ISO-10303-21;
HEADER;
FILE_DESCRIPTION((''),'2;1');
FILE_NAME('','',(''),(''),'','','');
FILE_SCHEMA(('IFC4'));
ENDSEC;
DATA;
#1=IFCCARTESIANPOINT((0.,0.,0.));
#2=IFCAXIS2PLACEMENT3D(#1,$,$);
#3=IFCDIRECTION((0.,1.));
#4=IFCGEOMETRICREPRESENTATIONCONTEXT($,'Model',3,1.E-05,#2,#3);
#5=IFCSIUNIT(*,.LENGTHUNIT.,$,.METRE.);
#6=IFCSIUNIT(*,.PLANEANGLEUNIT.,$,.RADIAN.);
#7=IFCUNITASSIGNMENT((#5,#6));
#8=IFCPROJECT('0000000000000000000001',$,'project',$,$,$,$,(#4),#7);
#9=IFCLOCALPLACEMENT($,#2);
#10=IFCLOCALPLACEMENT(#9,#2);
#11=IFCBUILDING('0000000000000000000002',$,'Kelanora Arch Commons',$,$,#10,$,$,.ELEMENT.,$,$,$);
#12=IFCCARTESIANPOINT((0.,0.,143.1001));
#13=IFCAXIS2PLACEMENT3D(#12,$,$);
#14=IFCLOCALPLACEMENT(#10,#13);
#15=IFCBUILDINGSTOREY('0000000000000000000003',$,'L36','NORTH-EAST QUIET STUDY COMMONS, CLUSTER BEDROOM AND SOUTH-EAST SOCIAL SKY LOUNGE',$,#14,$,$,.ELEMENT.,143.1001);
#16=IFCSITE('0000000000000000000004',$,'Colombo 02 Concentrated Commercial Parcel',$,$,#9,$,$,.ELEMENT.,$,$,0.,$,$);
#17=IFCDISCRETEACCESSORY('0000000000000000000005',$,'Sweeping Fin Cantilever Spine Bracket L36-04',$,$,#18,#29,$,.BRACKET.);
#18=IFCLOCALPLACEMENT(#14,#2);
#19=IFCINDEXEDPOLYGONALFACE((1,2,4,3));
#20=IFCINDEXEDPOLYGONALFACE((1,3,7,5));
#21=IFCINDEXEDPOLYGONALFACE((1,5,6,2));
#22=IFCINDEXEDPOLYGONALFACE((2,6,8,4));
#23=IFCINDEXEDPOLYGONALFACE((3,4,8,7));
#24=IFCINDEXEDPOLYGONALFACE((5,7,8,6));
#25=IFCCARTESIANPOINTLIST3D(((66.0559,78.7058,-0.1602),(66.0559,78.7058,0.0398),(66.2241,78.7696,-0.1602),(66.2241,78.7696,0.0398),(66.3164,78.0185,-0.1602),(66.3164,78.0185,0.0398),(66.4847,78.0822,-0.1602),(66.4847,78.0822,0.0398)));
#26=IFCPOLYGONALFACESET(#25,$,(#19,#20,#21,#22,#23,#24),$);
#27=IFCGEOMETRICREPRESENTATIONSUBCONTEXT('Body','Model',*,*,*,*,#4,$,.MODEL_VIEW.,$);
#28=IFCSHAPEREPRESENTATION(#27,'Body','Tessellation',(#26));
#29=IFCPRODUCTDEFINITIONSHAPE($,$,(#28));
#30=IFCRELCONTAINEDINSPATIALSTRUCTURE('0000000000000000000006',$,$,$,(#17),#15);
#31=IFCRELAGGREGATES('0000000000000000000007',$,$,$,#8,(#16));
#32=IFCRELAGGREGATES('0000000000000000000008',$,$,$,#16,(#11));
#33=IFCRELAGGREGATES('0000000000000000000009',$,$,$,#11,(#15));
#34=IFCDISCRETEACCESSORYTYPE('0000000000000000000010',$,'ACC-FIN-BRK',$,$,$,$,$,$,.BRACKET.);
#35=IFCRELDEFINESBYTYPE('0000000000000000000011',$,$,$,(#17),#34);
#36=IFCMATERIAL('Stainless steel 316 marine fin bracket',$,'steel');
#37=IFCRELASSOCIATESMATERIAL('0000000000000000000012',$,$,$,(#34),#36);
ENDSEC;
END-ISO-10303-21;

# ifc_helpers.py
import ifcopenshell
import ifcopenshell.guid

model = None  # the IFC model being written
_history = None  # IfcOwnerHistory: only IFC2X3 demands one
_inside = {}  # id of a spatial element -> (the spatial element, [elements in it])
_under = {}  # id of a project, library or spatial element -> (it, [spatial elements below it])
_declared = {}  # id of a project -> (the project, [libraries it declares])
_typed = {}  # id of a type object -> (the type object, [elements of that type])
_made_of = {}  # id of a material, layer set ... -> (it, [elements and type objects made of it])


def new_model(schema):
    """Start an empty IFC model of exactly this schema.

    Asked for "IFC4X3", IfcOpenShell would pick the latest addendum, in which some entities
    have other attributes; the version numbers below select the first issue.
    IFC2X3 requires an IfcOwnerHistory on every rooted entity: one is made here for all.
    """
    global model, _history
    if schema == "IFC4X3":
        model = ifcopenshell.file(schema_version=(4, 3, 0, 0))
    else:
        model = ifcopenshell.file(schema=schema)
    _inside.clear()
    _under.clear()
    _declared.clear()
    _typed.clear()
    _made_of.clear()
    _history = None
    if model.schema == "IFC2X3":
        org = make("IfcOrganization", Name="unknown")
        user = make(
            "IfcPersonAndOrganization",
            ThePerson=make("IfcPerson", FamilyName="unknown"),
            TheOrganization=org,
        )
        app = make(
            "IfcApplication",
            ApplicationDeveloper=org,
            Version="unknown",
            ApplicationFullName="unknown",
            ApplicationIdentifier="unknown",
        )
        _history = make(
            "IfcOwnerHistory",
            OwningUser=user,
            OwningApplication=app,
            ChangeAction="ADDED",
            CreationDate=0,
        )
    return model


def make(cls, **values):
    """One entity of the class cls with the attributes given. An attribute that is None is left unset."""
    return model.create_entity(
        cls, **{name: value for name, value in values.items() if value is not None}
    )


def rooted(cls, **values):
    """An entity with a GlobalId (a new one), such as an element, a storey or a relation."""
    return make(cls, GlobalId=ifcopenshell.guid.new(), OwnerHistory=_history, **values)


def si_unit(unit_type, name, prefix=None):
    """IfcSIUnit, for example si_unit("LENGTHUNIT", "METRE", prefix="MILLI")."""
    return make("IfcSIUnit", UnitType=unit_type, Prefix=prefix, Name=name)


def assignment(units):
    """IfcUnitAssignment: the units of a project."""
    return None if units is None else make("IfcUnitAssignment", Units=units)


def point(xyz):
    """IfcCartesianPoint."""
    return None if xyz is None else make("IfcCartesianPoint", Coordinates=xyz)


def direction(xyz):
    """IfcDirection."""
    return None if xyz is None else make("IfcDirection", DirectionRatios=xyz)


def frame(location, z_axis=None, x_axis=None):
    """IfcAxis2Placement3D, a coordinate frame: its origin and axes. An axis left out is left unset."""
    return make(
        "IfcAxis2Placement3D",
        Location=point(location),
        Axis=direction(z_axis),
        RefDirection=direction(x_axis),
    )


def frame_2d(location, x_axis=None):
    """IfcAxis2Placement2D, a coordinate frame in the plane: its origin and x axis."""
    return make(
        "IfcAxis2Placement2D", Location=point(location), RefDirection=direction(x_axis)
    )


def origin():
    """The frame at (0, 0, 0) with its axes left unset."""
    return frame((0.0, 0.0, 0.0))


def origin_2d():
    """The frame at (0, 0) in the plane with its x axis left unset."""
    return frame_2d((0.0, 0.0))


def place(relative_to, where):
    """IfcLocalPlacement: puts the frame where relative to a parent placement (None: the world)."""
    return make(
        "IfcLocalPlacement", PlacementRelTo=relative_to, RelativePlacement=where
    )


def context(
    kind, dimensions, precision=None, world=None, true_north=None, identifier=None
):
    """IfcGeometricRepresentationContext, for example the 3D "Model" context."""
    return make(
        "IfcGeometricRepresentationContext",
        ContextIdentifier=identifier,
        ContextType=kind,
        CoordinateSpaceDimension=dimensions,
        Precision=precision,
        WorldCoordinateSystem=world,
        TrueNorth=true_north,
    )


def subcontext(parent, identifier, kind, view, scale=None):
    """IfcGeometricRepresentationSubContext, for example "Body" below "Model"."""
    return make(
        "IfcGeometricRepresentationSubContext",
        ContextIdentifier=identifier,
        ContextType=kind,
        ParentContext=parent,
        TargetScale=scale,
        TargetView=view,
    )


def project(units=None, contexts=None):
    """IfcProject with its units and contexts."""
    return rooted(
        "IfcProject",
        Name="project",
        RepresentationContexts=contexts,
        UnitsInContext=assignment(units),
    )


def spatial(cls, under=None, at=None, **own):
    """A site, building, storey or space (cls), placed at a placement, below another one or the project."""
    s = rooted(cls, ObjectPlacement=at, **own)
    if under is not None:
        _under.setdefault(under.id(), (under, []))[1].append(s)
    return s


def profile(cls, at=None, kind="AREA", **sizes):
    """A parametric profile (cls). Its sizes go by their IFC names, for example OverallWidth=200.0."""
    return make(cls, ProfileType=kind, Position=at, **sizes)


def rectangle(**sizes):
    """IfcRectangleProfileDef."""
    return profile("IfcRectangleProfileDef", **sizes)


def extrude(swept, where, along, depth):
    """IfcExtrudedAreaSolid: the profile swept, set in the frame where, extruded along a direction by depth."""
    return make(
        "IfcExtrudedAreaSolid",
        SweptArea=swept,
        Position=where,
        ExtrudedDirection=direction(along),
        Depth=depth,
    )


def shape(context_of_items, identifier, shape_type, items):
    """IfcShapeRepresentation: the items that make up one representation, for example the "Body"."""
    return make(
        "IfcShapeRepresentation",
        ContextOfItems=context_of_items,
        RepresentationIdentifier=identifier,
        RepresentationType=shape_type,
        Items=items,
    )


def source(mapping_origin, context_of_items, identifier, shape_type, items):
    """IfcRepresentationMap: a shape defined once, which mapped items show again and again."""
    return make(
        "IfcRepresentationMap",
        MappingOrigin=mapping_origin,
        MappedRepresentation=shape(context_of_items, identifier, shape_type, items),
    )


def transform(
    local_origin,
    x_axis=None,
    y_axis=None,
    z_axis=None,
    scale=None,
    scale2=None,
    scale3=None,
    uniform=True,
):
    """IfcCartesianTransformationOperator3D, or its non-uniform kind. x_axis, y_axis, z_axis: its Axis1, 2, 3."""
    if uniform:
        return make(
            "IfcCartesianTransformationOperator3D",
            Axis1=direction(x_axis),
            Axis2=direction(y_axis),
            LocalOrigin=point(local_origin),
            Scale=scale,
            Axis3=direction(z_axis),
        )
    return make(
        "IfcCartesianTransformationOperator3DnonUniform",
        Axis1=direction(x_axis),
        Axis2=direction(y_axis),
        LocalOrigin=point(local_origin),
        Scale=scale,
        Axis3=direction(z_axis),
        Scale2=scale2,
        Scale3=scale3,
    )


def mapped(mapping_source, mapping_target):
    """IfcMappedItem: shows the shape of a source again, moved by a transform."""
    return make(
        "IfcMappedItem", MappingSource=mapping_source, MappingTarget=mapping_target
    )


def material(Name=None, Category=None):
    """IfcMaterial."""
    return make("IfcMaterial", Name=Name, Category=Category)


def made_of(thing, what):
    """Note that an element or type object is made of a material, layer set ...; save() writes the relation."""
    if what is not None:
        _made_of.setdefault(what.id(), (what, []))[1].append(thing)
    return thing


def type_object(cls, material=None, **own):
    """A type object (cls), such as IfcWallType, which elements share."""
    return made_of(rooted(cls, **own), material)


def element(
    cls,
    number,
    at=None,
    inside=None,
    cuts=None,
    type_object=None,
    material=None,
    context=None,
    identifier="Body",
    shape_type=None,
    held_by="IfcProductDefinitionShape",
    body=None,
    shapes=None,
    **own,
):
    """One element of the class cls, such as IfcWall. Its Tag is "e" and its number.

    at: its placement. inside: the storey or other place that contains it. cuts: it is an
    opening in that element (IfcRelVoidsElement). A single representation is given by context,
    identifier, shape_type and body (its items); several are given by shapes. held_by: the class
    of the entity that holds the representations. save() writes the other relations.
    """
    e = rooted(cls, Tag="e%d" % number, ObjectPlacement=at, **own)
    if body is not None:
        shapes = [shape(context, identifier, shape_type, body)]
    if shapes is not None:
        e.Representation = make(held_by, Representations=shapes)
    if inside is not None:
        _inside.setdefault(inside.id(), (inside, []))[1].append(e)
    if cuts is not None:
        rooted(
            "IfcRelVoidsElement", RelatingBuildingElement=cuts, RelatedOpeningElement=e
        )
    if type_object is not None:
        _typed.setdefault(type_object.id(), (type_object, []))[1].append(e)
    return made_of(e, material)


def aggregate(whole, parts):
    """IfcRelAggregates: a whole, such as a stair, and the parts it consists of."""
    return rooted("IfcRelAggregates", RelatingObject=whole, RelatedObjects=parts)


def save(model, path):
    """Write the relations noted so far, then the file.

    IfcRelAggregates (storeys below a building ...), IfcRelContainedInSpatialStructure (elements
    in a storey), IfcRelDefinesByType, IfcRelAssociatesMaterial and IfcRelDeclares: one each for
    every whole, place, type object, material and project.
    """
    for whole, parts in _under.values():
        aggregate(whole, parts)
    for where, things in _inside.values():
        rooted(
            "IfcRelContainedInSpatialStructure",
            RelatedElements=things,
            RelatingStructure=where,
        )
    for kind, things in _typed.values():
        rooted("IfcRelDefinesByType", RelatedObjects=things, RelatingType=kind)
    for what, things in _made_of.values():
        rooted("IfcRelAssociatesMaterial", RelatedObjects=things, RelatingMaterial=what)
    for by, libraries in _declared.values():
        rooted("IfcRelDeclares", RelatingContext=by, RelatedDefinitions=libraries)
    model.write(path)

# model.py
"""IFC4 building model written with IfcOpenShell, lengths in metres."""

from ifc_helpers import new_model, si_unit, direction, frame, origin, origin_2d, place, context, subcontext, project, spatial, rectangle, extrude, source, transform, mapped, material, type_object, element, save


model = new_model("IFC4")

# Units and contexts
model_context = context("Model", 3, precision=1e-05, world=origin(), true_north=direction((0.0, 1.0)))
body_context = subcontext(model_context, "Body", "Model", "MODEL_VIEW")
ifc_project = project(units=[si_unit("LENGTHUNIT", "METRE"), si_unit("PLANEANGLEUNIT", "RADIAN")], contexts=[model_context])

# Site, building, storey
site_placement = place(None, origin())
site = spatial("IfcSite", under=ifc_project, at=site_placement, Name="Colombo 02 Concentrated Commercial Parcel", CompositionType="ELEMENT", RefElevation=0.0)
building_placement = place(site_placement, origin())
building = spatial("IfcBuilding", under=site, at=building_placement, Name="Kelanora Arch Commons", CompositionType="ELEMENT")
storey_placement = place(building_placement, frame((0.0, 0.0, 143.1001)))
storey = spatial("IfcBuildingStorey", under=building, at=storey_placement, Name="L36", Description="NORTH-EAST QUIET STUDY COMMONS, CLUSTER BEDROOM AND SOUTH-EAST SOCIAL SKY LOUNGE", CompositionType="ELEMENT", Elevation=143.1001)

# Discrete accessory
ifc_material_1 = material(Name="Stainless steel 316 marine fin bracket", Category="steel")
discrete_accessory_type = type_object("IfcDiscreteAccessoryType", Name="ACC-FIN-BRK", PredefinedType="BRACKET", material=ifc_material_1)
shared_shape_1 = source(origin(), body_context, "Body", "SweptSolid", [
    extrude(rectangle(XDim=0.7351, YDim=0.1799, at=origin_2d()), origin(), (0.0, 0.0, 1.0), 0.2),
])
discrete_accessory_placement = place(storey_placement, frame((66.2703, 78.394, -0.1602), z_axis=(0.0, 0.0, 1.0), x_axis=(-0.354454, 0.935073, 0.0)))
element("IfcDiscreteAccessory", 1, at=discrete_accessory_placement, inside=storey, type_object=discrete_accessory_type, Name="Sweeping Fin Cantilever Spine Bracket L36-04", PredefinedType="BRACKET", context=body_context, shape_type="MappedRepresentation", body=[
    mapped(shared_shape_1, transform((0.0, 0.0, 0.0), scale=1.0)),
])

save(model, "model.ifc")
